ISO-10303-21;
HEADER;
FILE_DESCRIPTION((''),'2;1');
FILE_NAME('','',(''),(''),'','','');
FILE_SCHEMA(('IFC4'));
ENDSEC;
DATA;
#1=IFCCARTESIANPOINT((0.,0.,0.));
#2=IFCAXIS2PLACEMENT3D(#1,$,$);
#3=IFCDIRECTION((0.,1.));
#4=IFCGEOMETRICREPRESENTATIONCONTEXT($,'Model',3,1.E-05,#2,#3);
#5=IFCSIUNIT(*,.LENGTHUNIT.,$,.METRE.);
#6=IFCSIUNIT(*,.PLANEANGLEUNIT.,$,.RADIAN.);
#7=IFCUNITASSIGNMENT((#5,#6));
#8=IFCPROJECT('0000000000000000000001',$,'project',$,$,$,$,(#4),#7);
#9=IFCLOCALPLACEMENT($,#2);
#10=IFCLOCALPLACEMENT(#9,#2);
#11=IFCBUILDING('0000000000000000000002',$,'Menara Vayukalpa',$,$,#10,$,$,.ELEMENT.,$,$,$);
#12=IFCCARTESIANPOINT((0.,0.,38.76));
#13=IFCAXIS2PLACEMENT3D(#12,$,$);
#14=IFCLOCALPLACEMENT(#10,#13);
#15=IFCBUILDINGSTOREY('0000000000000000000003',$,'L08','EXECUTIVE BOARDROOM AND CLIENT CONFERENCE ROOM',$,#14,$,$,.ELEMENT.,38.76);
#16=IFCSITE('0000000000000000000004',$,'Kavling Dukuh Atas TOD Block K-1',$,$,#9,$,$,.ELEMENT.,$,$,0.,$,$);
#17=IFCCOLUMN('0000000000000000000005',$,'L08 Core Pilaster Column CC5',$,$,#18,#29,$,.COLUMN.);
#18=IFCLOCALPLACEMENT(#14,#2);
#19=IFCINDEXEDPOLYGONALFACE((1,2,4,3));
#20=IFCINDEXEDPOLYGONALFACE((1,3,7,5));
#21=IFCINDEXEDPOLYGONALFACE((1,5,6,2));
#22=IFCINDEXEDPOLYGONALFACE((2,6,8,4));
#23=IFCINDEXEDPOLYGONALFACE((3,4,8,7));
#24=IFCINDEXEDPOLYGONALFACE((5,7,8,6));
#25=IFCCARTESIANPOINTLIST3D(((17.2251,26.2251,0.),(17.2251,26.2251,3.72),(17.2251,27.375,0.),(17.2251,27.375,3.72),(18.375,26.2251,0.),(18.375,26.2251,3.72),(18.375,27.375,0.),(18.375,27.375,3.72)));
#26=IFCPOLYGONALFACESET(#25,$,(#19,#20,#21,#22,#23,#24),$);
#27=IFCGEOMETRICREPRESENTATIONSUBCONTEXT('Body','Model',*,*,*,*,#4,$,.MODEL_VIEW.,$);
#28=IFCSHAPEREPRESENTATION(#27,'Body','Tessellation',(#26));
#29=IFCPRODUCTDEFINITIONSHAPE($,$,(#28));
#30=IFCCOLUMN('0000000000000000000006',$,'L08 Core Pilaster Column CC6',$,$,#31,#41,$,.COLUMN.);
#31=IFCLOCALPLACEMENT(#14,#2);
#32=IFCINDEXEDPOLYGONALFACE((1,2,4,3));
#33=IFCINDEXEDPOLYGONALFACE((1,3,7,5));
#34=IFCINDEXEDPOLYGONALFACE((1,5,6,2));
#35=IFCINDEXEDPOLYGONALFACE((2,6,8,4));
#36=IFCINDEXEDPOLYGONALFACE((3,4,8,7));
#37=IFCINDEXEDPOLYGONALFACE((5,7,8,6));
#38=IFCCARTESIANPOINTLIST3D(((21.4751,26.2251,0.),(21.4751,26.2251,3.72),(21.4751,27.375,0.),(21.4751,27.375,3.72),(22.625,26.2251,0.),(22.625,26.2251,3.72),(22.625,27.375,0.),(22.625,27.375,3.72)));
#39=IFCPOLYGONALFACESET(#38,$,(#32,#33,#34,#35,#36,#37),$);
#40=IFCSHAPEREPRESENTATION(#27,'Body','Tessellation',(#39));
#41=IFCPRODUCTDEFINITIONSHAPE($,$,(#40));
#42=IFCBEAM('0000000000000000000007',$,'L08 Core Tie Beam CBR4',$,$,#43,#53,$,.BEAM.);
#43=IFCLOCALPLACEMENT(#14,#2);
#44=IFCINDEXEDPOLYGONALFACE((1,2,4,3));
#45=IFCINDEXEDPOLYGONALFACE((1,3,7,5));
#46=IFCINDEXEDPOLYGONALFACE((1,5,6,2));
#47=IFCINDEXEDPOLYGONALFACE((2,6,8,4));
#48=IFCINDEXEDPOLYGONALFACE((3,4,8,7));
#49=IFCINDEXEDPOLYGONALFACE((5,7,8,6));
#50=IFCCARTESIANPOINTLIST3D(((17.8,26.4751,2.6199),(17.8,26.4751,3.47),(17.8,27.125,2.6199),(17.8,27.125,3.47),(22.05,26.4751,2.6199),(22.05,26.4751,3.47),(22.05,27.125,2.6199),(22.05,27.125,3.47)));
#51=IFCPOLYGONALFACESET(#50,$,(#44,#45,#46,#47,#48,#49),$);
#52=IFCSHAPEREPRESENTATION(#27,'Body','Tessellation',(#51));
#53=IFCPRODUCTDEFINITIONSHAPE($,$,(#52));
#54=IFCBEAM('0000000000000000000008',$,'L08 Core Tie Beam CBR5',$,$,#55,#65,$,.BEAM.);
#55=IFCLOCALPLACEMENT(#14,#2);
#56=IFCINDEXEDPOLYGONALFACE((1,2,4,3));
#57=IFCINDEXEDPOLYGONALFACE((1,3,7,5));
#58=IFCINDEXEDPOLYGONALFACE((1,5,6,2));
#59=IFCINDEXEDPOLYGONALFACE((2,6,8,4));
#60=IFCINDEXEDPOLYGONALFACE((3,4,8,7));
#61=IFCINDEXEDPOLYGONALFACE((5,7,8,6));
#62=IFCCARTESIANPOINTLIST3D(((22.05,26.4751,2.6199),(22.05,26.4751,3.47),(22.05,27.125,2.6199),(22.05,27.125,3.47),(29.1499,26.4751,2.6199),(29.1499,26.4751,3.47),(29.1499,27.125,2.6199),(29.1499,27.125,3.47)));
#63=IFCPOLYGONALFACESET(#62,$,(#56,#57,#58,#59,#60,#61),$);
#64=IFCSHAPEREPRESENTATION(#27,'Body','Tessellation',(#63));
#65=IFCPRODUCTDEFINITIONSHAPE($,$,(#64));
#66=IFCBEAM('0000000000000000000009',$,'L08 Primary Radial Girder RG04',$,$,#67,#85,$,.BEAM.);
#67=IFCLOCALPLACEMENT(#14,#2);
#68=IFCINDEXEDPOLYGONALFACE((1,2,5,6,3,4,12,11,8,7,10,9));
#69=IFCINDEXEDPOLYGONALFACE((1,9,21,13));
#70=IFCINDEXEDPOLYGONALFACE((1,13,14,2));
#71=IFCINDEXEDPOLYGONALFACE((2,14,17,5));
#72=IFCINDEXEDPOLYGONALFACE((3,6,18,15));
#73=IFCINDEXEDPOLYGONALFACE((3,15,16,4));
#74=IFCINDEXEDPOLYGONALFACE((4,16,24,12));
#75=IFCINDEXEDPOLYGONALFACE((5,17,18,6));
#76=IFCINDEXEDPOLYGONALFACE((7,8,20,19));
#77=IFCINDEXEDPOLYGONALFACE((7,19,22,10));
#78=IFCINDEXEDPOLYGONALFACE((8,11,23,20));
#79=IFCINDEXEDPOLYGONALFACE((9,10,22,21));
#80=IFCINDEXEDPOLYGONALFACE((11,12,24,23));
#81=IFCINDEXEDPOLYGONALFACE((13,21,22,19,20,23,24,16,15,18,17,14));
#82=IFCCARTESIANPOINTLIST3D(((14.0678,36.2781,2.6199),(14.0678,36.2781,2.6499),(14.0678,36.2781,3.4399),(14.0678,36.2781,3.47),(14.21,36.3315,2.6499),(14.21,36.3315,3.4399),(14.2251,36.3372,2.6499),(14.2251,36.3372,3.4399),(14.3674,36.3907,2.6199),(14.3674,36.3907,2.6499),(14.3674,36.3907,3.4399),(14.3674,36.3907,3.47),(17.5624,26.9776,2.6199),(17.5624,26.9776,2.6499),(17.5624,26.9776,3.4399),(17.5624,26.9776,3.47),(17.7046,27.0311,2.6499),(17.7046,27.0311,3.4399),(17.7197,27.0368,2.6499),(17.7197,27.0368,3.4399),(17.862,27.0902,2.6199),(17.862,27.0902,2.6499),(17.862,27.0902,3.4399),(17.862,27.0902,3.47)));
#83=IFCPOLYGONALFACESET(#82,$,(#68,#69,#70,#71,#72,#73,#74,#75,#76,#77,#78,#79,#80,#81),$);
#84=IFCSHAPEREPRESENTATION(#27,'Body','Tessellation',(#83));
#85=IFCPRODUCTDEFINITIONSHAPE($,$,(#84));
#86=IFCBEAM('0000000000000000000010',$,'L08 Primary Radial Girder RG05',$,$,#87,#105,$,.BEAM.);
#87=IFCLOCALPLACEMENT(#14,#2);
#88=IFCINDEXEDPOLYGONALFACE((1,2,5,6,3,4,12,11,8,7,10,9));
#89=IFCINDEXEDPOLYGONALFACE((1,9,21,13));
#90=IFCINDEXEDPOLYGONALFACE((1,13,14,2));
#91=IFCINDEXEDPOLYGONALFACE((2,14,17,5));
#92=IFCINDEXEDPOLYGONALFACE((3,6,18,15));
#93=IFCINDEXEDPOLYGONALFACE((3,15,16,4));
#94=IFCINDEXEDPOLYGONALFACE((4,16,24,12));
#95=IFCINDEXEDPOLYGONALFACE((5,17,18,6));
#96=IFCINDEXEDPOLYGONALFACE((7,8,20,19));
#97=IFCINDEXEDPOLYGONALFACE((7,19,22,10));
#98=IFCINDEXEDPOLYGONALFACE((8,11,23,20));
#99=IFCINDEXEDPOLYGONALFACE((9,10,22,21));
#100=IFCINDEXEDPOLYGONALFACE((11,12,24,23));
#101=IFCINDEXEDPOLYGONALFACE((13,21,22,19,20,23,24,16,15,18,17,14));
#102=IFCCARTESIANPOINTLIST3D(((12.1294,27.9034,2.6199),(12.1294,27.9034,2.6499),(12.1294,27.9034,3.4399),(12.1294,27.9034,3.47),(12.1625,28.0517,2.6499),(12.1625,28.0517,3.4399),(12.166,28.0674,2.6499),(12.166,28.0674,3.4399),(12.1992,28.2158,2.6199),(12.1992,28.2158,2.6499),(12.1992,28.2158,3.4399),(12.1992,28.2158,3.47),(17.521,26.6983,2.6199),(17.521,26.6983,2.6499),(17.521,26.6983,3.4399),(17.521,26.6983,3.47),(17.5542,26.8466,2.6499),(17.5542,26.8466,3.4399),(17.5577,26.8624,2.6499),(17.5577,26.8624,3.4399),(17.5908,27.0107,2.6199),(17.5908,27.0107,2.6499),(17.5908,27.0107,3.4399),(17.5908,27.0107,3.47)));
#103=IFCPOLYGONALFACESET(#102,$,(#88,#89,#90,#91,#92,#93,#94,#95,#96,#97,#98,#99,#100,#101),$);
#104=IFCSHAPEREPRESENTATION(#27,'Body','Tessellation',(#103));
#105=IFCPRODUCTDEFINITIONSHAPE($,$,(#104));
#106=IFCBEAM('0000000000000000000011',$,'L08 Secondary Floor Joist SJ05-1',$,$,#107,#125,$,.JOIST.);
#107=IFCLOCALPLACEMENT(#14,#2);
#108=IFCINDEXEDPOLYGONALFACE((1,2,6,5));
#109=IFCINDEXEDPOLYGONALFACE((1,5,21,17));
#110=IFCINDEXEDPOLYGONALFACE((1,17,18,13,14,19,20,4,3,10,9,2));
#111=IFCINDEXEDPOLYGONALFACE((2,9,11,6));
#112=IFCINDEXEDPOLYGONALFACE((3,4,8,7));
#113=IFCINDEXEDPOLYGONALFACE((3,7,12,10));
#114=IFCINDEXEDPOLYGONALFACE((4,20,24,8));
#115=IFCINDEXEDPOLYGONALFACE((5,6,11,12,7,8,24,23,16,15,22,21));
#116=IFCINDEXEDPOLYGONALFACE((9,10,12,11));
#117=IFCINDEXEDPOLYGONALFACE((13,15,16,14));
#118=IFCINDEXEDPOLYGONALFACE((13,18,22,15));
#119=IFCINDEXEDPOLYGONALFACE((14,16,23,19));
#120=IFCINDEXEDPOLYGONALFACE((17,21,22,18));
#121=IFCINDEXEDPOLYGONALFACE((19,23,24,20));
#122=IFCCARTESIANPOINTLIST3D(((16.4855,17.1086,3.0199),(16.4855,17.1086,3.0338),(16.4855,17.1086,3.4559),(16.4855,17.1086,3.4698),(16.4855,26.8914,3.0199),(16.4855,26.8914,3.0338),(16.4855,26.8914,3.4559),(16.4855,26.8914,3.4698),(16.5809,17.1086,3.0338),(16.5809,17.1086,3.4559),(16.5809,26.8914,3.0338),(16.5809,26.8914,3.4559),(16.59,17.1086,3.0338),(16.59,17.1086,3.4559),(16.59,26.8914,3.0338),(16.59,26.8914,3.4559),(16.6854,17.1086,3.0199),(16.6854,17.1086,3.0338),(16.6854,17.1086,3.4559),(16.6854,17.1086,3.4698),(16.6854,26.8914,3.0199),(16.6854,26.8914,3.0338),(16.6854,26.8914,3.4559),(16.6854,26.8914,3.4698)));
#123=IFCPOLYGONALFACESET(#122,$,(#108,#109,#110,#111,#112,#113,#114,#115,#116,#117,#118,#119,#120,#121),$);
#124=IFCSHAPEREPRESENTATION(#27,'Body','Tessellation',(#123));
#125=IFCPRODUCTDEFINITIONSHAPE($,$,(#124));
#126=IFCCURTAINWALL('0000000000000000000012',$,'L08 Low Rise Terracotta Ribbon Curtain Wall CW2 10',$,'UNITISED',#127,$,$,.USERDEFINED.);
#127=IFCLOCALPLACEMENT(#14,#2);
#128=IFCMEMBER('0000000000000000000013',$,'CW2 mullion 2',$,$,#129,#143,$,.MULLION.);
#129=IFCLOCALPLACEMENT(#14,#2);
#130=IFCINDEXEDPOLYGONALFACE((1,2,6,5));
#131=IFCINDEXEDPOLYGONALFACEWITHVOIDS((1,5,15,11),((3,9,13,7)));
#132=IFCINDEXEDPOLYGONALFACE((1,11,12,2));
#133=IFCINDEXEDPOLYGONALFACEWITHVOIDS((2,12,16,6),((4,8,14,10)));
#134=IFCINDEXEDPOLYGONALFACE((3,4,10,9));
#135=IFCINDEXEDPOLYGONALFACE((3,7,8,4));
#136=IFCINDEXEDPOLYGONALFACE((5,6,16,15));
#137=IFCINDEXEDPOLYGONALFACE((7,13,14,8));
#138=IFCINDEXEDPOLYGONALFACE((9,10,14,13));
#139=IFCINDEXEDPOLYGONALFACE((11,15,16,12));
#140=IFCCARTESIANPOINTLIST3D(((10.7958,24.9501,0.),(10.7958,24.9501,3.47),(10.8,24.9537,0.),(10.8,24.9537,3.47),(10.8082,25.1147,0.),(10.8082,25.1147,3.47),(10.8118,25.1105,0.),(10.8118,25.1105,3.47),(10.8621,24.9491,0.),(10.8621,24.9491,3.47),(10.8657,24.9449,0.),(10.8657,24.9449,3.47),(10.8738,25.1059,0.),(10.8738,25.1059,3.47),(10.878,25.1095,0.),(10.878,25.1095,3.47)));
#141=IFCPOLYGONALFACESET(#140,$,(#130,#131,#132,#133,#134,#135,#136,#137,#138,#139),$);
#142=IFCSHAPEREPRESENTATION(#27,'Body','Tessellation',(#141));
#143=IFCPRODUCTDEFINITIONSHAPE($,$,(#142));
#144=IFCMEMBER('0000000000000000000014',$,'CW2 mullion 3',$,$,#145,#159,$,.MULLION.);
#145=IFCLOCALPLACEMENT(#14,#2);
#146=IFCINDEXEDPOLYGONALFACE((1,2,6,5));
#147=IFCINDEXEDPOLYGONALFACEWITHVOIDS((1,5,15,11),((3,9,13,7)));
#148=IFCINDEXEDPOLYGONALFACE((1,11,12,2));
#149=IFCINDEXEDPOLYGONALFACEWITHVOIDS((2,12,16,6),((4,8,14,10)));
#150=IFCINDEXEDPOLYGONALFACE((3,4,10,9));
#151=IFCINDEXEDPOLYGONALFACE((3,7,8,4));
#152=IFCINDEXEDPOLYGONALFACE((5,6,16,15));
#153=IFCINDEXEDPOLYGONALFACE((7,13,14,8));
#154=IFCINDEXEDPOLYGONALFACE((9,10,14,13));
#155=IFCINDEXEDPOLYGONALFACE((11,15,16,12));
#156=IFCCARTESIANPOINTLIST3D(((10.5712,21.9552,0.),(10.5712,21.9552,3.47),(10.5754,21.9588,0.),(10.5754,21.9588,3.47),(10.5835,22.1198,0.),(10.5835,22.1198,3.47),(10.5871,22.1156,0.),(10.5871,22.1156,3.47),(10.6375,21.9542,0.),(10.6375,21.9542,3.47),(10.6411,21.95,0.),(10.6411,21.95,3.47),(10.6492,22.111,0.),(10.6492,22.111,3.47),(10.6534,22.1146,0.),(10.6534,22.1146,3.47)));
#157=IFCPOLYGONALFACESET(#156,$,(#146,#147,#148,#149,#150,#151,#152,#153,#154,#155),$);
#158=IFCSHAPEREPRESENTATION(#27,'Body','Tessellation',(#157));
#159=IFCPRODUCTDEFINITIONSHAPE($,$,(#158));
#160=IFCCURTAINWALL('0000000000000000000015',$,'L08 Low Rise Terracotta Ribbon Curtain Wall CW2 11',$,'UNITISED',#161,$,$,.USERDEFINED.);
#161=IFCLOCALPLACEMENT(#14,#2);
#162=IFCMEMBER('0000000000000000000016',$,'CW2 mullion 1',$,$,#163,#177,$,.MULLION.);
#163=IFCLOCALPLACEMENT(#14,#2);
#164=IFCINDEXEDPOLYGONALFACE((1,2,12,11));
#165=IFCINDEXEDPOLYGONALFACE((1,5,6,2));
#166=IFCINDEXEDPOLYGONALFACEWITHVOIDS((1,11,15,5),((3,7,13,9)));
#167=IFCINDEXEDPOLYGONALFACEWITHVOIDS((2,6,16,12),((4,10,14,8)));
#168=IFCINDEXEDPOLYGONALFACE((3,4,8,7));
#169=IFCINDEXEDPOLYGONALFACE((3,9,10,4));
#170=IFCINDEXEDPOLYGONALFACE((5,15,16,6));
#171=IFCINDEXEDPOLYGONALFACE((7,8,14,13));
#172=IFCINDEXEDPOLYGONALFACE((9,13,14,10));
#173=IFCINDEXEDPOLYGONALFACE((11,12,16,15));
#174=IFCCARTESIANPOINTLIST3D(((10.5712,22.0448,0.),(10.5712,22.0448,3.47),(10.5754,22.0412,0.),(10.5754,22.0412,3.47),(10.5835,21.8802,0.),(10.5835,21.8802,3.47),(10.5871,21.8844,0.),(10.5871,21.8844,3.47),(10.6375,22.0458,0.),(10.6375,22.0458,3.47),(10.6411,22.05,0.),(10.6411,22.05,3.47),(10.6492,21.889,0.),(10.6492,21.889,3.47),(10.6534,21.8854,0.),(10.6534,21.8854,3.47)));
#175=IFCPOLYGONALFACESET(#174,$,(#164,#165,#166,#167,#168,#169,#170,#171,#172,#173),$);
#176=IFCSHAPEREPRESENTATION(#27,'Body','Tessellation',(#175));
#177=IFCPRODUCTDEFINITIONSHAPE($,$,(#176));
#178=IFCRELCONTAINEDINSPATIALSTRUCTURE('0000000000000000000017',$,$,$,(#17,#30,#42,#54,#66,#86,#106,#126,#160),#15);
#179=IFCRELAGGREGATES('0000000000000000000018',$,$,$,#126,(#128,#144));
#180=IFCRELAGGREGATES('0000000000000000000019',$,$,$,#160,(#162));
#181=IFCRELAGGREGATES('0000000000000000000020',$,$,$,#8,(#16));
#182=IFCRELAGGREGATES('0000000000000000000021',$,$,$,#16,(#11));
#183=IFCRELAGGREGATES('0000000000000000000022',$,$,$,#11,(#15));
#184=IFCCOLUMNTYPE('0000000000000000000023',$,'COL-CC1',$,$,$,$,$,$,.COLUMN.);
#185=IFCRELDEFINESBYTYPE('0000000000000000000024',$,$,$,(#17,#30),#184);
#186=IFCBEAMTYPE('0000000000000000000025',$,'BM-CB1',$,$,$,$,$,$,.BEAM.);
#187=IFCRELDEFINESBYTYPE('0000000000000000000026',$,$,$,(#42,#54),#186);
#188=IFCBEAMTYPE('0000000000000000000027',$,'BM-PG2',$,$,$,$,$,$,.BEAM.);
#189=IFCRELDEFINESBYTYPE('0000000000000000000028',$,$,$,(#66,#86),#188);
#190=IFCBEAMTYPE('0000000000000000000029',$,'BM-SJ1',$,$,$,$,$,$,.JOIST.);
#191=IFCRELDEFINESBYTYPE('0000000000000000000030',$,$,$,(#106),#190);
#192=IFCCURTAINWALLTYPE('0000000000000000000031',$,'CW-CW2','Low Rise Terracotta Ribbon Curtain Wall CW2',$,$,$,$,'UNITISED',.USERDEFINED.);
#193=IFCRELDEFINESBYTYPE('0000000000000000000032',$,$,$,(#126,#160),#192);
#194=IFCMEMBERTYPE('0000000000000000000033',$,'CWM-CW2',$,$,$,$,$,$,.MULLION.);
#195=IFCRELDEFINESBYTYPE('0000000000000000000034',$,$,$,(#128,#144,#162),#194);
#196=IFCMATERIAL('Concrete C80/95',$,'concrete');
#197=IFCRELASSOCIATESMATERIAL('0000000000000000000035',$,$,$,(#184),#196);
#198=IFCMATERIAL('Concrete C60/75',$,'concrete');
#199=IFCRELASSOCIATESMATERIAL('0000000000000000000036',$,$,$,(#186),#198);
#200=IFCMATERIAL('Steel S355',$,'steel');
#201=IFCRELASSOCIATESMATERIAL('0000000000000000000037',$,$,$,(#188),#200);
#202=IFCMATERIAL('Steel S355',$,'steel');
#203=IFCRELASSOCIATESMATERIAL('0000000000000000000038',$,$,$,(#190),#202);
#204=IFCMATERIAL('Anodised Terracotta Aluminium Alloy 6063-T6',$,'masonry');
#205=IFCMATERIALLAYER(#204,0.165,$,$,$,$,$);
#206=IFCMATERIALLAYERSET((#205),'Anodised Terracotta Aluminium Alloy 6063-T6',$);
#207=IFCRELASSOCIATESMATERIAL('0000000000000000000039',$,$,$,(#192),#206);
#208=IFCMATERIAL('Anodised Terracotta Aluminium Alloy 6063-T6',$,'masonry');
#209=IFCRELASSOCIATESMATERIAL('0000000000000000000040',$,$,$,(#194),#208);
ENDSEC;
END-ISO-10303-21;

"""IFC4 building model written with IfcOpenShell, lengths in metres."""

from ifc_helpers import new_model, si_unit, direction, frame, origin, origin_2d, place, context, subcontext, project, spatial, rectangle, hollow_rectangle, i_section, extrude, material, layer, layer_set, material_profile, profile_set, type_object, element, aggregate, save


model = new_model("IFC4")

# Units and contexts
model_context = context("Model", 3, precision=1e-05, world=origin(), true_north=direction((0.0, 1.0)))
body_context = subcontext(model_context, "Body", "Model", "MODEL_VIEW")
ifc_project = project(units=[si_unit("LENGTHUNIT", "METRE"), si_unit("PLANEANGLEUNIT", "RADIAN")], contexts=[model_context])

# Site, building, storey
site_placement = place(None, origin())
site = spatial("IfcSite", under=ifc_project, at=site_placement, Name="Kavling Dukuh Atas TOD Block K-1", CompositionType="ELEMENT", RefElevation=0.0)
building_placement = place(site_placement, origin())
building = spatial("IfcBuilding", under=site, at=building_placement, Name="Menara Vayukalpa", CompositionType="ELEMENT")
storey_placement = place(building_placement, frame((0.0, 0.0, 38.76)))
storey = spatial("IfcBuildingStorey", under=building, at=storey_placement, Name="L08", Description="EXECUTIVE BOARDROOM AND CLIENT CONFERENCE ROOM", CompositionType="ELEMENT", Elevation=38.76)

# Columns
ifc_material_1 = material(Name="Concrete C80/95", Category="concrete")
ifc_material_profile_1 = material_profile(ifc_material_1, rectangle(XDim=1.1499, YDim=1.1499, at=origin_2d()), Name="RC 1150x1150")
ifc_profile_set_1 = profile_set([ifc_material_profile_1], Name="Concrete C80/95")
column_type = type_object("IfcColumnType", Name="COL-CC1", PredefinedType="COLUMN", material=ifc_profile_set_1)
for number, where, z_axis, x_axis, name in (
    (1, (17.8, 26.8, 0.0), (0.0, 0.0, 1.0), (1.0, 0.0, 0.0), "L08 Core Pilaster Column CC5"),
    (2, (22.05, 26.8, 0.0), (0.0, 0.0, 1.0), (1.0, 0.0, 0.0), "L08 Core Pilaster Column CC6"),
):
    element("IfcColumn", number, at=place(storey_placement, frame(where, z_axis=z_axis, x_axis=x_axis)), inside=storey, type_object=column_type, Name=name, PredefinedType="COLUMN", context=body_context, shape_type="SweptSolid", body=[
        extrude(rectangle(XDim=1.1499, YDim=1.1499, at=origin_2d()), origin(), (0.0, 0.0, 1.0), 3.72),
    ])

# Beams
ifc_material_2 = material(Name="Concrete C60/75", Category="concrete")
ifc_material_profile_2 = material_profile(ifc_material_2, rectangle(XDim=0.6499, YDim=0.8501, at=origin_2d()), Name="RC 650x850")
ifc_profile_set_2 = profile_set([ifc_material_profile_2], Name="Concrete C60/75")
beam_type_1 = type_object("IfcBeamType", Name="BM-CB1", PredefinedType="BEAM", material=ifc_profile_set_2)
beam_1_placement = place(storey_placement, frame((17.8, 26.8, 3.0449), z_axis=(1.0, 0.0, 0.0), x_axis=(0.0, 1.0, 0.0)))
element("IfcBeam", 3, at=beam_1_placement, inside=storey, type_object=beam_type_1, Name="L08 Core Tie Beam CBR4", PredefinedType="BEAM", context=body_context, shape_type="SweptSolid", body=[
    extrude(rectangle(XDim=0.6499, YDim=0.8501, at=origin_2d()), origin(), (0.0, 0.0, 1.0), 4.25),
])
beam_2_placement = place(storey_placement, frame((22.05, 26.8, 3.0449), z_axis=(1.0, 0.0, 0.0), x_axis=(0.0, 1.0, 0.0)))
element("IfcBeam", 4, at=beam_2_placement, inside=storey, type_object=beam_type_1, Name="L08 Core Tie Beam CBR5", PredefinedType="BEAM", context=body_context, shape_type="SweptSolid", body=[
    extrude(rectangle(XDim=0.6499, YDim=0.8501, at=origin_2d()), origin(), (0.0, 0.0, 1.0), 7.0999),
])
ifc_material_3 = material(Name="Steel S355", Category="steel")
ifc_material_profile_3 = material_profile(ifc_material_3, i_section(OverallWidth=0.3201, OverallDepth=0.8501, WebThickness=0.0161, FlangeThickness=0.03, at=origin_2d()), Name="WF 850x320x16x30")
ifc_profile_set_3 = profile_set([ifc_material_profile_3], Name="Steel S355")
beam_type_2 = type_object("IfcBeamType", Name="BM-PG2", PredefinedType="BEAM", material=ifc_profile_set_3)
beam_3_placement = place(storey_placement, frame((17.7122, 27.0339, 3.0449), z_axis=(-0.351735, 0.9361, 0.0), x_axis=(-0.9361, -0.351735, 0.0)))
element("IfcBeam", 5, at=beam_3_placement, inside=storey, type_object=beam_type_2, Name="L08 Primary Radial Girder RG04", PredefinedType="BEAM", context=body_context, shape_type="SweptSolid", body=[
    extrude(i_section(OverallWidth=0.3201, OverallDepth=0.8501, WebThickness=0.0161, FlangeThickness=0.03, at=origin_2d()), origin(), (0.0, 0.0, 1.0), 9.9353),
])
beam_4_placement = place(storey_placement, frame((17.5559, 26.8545, 3.0449), z_axis=(-0.97592, 0.218128, 0.0), x_axis=(-0.218128, -0.97592, 0.0)))
element("IfcBeam", 6, at=beam_4_placement, inside=storey, type_object=beam_type_2, Name="L08 Primary Radial Girder RG05", PredefinedType="BEAM", context=body_context, shape_type="SweptSolid", body=[
    extrude(i_section(OverallWidth=0.3201, OverallDepth=0.8501, WebThickness=0.0161, FlangeThickness=0.03, at=origin_2d()), origin(), (0.0, 0.0, 1.0), 5.5247),
])
ifc_material_4 = material(Name="Steel S355", Category="steel")
ifc_material_profile_4 = material_profile(ifc_material_4, i_section(OverallWidth=0.2, OverallDepth=0.45, WebThickness=0.009, FlangeThickness=0.0139, at=origin_2d()), Name="WF 450x200x9x14")
ifc_profile_set_4 = profile_set([ifc_material_profile_4], Name="Steel S355")
beam_type_3 = type_object("IfcBeamType", Name="BM-SJ1", PredefinedType="JOIST", material=ifc_profile_set_4)
beam_5_placement = place(storey_placement, frame((16.5854, 26.8914, 3.2449), z_axis=(0.0, -1.0, 0.0), x_axis=(1.0, 0.0, 0.0)))
element("IfcBeam", 7, at=beam_5_placement, inside=storey, type_object=beam_type_3, Name="L08 Secondary Floor Joist SJ05-1", PredefinedType="JOIST", context=body_context, shape_type="SweptSolid", body=[
    extrude(i_section(OverallWidth=0.2, OverallDepth=0.45, WebThickness=0.009, FlangeThickness=0.0139, at=origin_2d()), origin(), (0.0, 0.0, 1.0), 9.7827),
])

# Curtain wall, members
ifc_material_5 = material(Name="Anodised Terracotta Aluminium Alloy 6063-T6", Category="masonry")
ifc_layer_1 = layer(ifc_material_5, 0.165)
ifc_layer_set_1 = layer_set([ifc_layer_1], Name="Anodised Terracotta Aluminium Alloy 6063-T6")
curtain_wall_type = type_object("IfcCurtainWallType", Name="CW-CW2", Description="Low Rise Terracotta Ribbon Curtain Wall CW2", ElementType="UNITISED", PredefinedType="USERDEFINED", material=ifc_layer_set_1)
curtain_wall_1_placement = place(storey_placement, origin())
curtain_wall_1 = element("IfcCurtainWall", 8, at=curtain_wall_1_placement, inside=storey, type_object=curtain_wall_type, Name="L08 Low Rise Terracotta Ribbon Curtain Wall CW2 10", ObjectType="UNITISED", PredefinedType="USERDEFINED")
ifc_material_6 = material(Name="Anodised Terracotta Aluminium Alloy 6063-T6", Category="masonry")
ifc_material_profile_5 = material_profile(ifc_material_6, hollow_rectangle(XDim=0.0701, YDim=0.165, WallThickness=0.0039, at=origin_2d()), Name="ALU 70x165x4")
ifc_profile_set_5 = profile_set([ifc_material_profile_5], Name="Anodised Terracotta Aluminium Alloy 6063-T6")
member_type_1 = type_object("IfcMemberType", Name="CWM-CW2", PredefinedType="MULLION", material=ifc_profile_set_5)
member_1_placement = place(storey_placement, frame((10.8369, 25.0298, 0.0), z_axis=(0.0, 0.0, 1.0), x_axis=(0.997199, -0.074795, 0.0)))
member_1 = element("IfcMember", 9, at=member_1_placement, type_object=member_type_1, Name="CW2 mullion 2", PredefinedType="MULLION", context=body_context, shape_type="SweptSolid", body=[
    extrude(hollow_rectangle(XDim=0.0701, YDim=0.165, WallThickness=0.0039, at=origin_2d()), origin(), (0.0, 0.0, 1.0), 3.47),
])
member_2_placement = place(storey_placement, frame((10.6123, 22.0349, 0.0), z_axis=(0.0, 0.0, 1.0), x_axis=(0.997199, -0.074795, 0.0)))
member_2 = element("IfcMember", 10, at=member_2_placement, type_object=member_type_1, Name="CW2 mullion 3", PredefinedType="MULLION", context=body_context, shape_type="SweptSolid", body=[
    extrude(hollow_rectangle(XDim=0.0701, YDim=0.165, WallThickness=0.0039, at=origin_2d()), origin(), (0.0, 0.0, 1.0), 3.47),
])

# Curtain wall, member
curtain_wall_2_placement = place(storey_placement, origin())
curtain_wall_2 = element("IfcCurtainWall", 11, at=curtain_wall_2_placement, inside=storey, type_object=curtain_wall_type, Name="L08 Low Rise Terracotta Ribbon Curtain Wall CW2 11", ObjectType="UNITISED", PredefinedType="USERDEFINED")
member_3_placement = place(storey_placement, frame((10.6123, 21.9651, 0.0), z_axis=(0.0, 0.0, 1.0), x_axis=(0.997199, 0.074795, 0.0)))
member_3 = element("IfcMember", 12, at=member_3_placement, type_object=member_type_1, Name="CW2 mullion 1", PredefinedType="MULLION", context=body_context, shape_type="SweptSolid", body=[
    extrude(hollow_rectangle(XDim=0.0701, YDim=0.165, WallThickness=0.0039, at=origin_2d()), origin(), (0.0, 0.0, 1.0), 3.47),
])

aggregate(curtain_wall_1, [member_1, member_2])
aggregate(curtain_wall_2, [member_3])

save(model, "model.ifc")
